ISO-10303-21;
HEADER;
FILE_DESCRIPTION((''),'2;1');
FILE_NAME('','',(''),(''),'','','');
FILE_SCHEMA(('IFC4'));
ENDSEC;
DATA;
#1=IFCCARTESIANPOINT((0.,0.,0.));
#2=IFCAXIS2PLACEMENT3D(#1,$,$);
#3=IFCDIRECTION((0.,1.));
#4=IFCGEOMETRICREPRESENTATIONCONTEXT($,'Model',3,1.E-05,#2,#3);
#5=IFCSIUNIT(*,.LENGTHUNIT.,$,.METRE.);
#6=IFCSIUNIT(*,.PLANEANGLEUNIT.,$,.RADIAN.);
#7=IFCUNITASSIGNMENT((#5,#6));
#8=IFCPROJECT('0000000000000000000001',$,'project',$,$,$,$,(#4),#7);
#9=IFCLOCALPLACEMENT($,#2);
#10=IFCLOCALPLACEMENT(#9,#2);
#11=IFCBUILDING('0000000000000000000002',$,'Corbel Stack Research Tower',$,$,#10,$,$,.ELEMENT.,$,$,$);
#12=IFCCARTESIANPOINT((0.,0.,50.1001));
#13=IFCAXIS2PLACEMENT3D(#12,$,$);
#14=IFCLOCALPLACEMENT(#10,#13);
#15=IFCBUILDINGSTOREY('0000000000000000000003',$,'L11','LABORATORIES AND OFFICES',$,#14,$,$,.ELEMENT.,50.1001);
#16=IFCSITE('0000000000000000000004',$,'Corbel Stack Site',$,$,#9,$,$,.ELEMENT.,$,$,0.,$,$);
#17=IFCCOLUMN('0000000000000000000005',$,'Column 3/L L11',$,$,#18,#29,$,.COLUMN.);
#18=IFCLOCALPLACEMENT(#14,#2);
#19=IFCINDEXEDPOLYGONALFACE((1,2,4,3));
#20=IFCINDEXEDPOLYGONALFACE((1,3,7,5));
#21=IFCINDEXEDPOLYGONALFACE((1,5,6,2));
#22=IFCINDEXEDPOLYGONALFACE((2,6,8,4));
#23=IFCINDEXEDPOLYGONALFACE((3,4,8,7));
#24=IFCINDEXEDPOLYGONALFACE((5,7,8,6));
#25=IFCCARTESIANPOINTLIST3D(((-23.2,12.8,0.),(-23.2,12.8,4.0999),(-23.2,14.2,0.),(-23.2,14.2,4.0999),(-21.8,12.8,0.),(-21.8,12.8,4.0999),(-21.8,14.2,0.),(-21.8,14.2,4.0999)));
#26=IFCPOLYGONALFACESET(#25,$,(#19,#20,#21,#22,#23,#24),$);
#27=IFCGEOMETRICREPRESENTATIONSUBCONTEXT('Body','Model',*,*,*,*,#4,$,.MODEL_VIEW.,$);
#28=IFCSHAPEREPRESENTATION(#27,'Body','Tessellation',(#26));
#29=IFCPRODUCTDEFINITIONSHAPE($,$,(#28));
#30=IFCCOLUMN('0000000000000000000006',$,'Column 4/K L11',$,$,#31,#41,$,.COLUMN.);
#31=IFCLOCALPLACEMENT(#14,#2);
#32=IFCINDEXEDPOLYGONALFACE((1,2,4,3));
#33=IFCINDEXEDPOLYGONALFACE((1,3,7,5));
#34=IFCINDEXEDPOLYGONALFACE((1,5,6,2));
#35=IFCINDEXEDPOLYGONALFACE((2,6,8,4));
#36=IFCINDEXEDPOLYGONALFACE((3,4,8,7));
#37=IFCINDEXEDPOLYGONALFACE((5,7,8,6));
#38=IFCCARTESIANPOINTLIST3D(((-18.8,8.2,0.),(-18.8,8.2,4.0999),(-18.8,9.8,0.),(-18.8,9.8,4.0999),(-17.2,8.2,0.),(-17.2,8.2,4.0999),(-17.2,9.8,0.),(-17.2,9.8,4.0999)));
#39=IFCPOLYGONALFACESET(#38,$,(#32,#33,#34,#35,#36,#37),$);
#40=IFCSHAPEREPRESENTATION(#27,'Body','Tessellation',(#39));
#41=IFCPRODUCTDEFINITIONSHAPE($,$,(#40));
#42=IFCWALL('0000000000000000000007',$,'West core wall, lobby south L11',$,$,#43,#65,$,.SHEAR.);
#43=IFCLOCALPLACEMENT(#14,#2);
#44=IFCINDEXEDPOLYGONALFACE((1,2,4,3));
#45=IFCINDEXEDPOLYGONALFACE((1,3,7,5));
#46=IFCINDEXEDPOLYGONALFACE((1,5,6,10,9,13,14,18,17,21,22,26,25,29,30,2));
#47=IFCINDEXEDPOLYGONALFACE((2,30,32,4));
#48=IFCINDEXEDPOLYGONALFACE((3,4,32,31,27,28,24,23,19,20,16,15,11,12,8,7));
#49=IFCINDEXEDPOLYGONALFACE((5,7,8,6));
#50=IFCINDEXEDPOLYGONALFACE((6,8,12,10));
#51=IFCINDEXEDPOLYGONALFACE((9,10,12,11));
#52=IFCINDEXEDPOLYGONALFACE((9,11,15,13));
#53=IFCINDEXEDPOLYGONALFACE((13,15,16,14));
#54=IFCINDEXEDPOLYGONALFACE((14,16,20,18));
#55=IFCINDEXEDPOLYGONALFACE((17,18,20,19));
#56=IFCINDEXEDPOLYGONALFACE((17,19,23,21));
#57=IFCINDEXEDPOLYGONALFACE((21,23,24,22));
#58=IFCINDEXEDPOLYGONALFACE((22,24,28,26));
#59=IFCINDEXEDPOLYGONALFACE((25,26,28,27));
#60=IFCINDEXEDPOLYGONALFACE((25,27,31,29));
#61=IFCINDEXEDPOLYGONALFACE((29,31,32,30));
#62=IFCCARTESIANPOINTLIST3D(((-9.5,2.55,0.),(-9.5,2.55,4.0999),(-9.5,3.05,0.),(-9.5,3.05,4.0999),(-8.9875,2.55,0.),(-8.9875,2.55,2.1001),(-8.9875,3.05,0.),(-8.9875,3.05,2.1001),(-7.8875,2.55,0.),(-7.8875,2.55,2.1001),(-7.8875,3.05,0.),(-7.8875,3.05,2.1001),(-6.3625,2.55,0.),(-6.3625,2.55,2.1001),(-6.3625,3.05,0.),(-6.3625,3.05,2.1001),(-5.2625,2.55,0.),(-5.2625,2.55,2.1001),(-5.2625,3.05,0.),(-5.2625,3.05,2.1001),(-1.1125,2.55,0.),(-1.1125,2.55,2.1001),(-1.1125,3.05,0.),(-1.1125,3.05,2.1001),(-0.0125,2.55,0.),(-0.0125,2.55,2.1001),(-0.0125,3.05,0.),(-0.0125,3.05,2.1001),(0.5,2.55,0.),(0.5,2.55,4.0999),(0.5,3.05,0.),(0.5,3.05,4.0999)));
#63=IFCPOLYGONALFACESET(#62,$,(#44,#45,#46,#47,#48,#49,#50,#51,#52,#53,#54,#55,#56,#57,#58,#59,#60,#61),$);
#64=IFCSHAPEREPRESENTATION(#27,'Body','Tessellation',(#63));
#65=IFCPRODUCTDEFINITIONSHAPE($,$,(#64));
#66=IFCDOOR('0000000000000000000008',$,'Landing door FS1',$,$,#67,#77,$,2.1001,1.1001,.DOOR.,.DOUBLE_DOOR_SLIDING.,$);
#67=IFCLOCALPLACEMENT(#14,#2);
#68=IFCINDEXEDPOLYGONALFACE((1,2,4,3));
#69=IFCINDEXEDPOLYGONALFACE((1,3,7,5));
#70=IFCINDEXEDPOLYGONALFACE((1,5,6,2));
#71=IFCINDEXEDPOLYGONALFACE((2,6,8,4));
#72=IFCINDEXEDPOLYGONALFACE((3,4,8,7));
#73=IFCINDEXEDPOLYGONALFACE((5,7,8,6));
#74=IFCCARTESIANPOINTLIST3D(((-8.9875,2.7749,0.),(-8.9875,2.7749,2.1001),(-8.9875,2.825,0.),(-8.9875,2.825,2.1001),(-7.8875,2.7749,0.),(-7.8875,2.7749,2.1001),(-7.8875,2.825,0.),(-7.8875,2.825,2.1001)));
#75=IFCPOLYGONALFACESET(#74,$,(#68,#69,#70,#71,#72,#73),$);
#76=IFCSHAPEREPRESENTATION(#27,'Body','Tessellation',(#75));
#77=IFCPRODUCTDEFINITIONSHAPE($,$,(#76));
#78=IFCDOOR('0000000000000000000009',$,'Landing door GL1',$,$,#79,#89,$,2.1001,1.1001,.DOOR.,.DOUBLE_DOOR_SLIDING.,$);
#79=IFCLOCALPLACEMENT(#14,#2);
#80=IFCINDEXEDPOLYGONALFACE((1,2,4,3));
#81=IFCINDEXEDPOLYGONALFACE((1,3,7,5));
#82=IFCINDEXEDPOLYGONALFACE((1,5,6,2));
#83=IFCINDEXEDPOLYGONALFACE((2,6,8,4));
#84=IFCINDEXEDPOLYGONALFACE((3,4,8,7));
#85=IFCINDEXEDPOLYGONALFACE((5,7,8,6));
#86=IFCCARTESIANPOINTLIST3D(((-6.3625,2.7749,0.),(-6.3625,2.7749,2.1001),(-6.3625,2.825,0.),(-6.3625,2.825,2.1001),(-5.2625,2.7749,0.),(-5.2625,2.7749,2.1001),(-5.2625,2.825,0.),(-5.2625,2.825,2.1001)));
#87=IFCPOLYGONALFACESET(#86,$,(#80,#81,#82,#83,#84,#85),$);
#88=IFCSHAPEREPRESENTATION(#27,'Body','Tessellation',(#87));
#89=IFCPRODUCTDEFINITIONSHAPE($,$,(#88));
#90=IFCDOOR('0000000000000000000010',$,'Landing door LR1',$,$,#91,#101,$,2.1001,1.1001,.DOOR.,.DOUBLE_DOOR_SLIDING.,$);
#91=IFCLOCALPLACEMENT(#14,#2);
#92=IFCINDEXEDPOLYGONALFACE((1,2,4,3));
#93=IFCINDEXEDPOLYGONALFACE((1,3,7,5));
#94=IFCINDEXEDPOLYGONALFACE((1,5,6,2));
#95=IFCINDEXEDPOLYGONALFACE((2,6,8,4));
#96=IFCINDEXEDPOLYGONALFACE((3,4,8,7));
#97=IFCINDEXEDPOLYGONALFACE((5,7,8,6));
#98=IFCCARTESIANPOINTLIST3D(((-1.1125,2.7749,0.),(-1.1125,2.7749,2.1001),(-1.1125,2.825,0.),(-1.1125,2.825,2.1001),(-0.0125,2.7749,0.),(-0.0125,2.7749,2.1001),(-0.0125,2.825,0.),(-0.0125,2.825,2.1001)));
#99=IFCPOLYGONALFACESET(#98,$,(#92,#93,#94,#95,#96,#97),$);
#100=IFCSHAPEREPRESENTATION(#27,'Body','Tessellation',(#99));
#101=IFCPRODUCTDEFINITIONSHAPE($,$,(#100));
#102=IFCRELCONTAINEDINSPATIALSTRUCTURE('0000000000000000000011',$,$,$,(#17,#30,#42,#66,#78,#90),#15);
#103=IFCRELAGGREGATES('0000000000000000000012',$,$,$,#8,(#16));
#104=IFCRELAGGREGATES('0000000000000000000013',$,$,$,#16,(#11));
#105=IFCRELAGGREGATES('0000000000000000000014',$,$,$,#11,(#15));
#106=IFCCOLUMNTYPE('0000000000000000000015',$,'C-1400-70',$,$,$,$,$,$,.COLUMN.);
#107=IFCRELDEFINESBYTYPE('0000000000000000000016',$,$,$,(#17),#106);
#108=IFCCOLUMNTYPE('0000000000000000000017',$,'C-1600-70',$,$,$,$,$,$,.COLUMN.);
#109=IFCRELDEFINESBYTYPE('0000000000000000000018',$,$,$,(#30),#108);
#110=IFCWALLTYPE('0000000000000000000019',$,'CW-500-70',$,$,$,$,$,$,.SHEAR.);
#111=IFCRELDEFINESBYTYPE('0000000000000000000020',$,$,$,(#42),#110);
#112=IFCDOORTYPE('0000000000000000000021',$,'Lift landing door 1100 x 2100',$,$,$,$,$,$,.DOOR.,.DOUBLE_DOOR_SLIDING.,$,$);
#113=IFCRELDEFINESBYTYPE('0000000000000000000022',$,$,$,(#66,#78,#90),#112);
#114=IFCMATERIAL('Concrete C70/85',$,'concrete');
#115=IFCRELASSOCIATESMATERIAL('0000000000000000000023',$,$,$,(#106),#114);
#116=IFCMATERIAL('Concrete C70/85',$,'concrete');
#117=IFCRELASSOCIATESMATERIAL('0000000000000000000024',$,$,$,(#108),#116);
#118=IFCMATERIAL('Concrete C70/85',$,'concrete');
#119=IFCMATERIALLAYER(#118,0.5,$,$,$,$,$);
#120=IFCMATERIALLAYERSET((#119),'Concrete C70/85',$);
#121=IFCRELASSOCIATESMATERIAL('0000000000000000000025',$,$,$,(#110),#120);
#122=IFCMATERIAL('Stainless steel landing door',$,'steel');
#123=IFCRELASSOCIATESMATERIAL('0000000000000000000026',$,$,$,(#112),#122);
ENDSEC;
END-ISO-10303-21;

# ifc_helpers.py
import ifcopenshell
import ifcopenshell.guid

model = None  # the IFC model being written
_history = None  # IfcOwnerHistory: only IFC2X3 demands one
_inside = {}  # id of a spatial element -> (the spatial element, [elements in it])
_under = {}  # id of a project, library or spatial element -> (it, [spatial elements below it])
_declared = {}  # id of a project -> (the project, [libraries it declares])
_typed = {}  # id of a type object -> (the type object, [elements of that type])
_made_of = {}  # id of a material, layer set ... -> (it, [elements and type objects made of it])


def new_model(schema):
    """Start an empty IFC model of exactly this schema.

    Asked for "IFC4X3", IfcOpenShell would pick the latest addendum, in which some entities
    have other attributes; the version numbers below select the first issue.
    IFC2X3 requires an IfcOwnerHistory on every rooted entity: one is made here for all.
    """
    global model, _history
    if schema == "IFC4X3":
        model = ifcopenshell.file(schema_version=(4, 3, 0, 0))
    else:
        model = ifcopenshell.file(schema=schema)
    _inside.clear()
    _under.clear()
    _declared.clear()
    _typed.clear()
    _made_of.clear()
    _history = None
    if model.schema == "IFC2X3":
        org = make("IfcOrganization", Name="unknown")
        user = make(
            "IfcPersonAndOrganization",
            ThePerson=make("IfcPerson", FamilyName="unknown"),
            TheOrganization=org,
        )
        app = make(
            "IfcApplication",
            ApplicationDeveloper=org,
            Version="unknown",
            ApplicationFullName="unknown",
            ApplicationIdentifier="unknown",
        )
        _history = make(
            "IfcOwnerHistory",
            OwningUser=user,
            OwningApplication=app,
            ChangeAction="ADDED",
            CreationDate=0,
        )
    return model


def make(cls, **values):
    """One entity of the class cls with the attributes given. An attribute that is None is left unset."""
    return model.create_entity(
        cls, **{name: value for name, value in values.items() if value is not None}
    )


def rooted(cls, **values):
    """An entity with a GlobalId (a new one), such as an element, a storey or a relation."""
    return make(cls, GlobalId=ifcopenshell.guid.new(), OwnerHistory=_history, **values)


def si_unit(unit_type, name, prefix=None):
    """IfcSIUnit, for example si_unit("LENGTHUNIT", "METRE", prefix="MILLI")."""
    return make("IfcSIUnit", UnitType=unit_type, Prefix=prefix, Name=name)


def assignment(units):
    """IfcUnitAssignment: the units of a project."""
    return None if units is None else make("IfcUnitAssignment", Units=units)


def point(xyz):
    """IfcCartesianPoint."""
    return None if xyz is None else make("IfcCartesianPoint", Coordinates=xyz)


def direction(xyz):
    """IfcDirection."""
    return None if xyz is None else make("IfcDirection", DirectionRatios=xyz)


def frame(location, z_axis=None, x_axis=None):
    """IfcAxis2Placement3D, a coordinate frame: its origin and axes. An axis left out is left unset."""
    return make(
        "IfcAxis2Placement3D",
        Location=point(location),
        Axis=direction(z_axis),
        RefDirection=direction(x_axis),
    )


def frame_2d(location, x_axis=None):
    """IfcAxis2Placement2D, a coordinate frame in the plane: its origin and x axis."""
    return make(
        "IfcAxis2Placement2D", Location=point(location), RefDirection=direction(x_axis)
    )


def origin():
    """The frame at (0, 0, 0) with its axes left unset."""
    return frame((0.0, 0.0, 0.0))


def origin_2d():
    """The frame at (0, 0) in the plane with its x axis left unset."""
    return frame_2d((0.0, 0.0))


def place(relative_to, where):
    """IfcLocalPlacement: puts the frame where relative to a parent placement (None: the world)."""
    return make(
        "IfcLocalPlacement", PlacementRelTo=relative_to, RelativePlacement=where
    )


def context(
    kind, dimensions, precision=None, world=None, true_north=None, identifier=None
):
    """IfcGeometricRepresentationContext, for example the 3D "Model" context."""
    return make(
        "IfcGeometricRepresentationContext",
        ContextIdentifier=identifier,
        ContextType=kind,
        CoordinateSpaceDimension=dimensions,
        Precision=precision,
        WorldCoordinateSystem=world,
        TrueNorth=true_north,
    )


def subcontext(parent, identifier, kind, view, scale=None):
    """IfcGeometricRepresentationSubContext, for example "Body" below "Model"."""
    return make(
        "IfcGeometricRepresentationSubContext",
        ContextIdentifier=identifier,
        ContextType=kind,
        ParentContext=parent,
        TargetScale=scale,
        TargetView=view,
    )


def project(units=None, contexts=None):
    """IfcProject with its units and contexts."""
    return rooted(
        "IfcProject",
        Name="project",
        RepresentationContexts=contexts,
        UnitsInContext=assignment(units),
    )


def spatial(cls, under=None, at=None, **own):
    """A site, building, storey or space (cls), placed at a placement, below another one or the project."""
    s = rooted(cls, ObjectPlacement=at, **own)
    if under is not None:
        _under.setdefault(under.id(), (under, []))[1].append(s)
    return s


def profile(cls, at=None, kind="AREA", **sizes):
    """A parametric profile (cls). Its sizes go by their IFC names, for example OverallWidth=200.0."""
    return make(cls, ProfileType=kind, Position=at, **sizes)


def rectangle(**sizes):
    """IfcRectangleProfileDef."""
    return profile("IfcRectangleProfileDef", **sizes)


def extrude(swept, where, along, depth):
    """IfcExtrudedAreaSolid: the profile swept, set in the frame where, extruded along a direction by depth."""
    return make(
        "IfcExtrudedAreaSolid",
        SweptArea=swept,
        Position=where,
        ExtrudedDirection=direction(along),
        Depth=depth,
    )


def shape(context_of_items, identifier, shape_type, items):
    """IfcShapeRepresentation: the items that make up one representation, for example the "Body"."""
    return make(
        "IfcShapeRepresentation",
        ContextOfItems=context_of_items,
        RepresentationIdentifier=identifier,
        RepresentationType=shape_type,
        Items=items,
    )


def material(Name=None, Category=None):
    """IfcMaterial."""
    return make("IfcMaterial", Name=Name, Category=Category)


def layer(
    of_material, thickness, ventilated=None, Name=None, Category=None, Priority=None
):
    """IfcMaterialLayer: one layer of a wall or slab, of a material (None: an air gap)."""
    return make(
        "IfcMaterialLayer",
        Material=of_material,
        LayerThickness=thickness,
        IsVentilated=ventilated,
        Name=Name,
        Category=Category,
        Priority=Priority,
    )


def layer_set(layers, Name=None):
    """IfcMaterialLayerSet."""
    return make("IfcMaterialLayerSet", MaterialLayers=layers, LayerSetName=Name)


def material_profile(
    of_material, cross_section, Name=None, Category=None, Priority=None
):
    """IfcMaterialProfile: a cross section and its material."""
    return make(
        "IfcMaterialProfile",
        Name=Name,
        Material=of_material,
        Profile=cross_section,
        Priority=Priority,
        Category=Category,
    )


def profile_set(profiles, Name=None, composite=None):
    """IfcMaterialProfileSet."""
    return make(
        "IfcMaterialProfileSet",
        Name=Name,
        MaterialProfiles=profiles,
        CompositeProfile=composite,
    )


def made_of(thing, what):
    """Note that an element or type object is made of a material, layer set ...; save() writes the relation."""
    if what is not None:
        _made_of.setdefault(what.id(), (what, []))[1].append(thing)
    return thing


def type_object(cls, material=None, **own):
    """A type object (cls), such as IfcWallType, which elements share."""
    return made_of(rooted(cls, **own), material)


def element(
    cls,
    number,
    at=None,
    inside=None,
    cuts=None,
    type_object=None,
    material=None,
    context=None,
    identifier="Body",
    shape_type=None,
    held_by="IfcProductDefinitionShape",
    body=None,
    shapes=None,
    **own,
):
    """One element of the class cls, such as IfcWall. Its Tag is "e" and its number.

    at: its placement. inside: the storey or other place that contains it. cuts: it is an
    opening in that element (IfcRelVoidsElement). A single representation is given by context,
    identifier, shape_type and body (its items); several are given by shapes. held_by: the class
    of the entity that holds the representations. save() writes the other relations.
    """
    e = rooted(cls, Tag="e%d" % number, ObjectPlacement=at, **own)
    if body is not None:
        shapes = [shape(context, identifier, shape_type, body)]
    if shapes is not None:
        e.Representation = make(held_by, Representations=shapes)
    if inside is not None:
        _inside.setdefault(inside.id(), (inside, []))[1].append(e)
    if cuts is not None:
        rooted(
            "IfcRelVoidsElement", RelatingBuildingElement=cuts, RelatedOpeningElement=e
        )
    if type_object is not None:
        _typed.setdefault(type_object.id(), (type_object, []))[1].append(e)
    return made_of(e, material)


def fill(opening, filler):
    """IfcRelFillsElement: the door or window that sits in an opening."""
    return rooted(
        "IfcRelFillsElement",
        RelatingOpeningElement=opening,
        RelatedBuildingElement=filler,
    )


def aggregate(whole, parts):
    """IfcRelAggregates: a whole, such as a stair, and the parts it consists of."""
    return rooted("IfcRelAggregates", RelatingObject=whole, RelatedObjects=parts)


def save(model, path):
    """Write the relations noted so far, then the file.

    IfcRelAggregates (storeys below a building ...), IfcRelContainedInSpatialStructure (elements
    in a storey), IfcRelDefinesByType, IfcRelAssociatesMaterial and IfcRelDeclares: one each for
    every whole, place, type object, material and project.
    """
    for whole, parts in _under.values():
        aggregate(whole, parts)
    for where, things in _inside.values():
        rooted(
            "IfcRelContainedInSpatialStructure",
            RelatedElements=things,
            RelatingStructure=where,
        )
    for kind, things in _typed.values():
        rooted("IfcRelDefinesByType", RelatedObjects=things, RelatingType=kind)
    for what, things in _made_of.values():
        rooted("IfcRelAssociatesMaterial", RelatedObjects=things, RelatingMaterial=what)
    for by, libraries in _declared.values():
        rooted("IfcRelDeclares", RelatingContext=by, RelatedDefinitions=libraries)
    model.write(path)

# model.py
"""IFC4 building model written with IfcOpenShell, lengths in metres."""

from ifc_helpers import new_model, si_unit, direction, frame, frame_2d, origin, origin_2d, place, context, subcontext, project, spatial, rectangle, extrude, material, layer, layer_set, material_profile, profile_set, type_object, element, fill, save


model = new_model("IFC4")

# Units and contexts
model_context = context("Model", 3, precision=1e-05, world=origin(), true_north=direction((0.0, 1.0)))
body_context = subcontext(model_context, "Body", "Model", "MODEL_VIEW")
ifc_project = project(units=[si_unit("LENGTHUNIT", "METRE"), si_unit("PLANEANGLEUNIT", "RADIAN")], contexts=[model_context])

# Site, building, storey
site_placement = place(None, origin())
site = spatial("IfcSite", under=ifc_project, at=site_placement, Name="Corbel Stack Site", CompositionType="ELEMENT", RefElevation=0.0)
building_placement = place(site_placement, origin())
building = spatial("IfcBuilding", under=site, at=building_placement, Name="Corbel Stack Research Tower", CompositionType="ELEMENT")
storey_placement = place(building_placement, frame((0.0, 0.0, 50.1001)))
storey = spatial("IfcBuildingStorey", under=building, at=storey_placement, Name="L11", Description="LABORATORIES AND OFFICES", CompositionType="ELEMENT", Elevation=50.1001)

# Columns
ifc_material_1 = material(Name="Concrete C70/85", Category="concrete")
ifc_material_profile_1 = material_profile(ifc_material_1, rectangle(XDim=1.3999, YDim=1.3999, at=origin_2d()), Name="RC 1400 x 1400")
ifc_profile_set_1 = profile_set([ifc_material_profile_1], Name="Concrete C70/85")
column_type_1 = type_object("IfcColumnType", Name="C-1400-70", PredefinedType="COLUMN", material=ifc_profile_set_1)
column_1_placement = place(storey_placement, frame((-22.5, 13.5, 0.0), z_axis=(0.0, 0.0, 1.0), x_axis=(1.0, 0.0, 0.0)))
element("IfcColumn", 1, at=column_1_placement, inside=storey, type_object=column_type_1, Name="Column 3/L L11", PredefinedType="COLUMN", context=body_context, shape_type="SweptSolid", body=[
    extrude(rectangle(XDim=1.3999, YDim=1.3999, at=origin_2d()), origin(), (0.0, 0.0, 1.0), 4.0999),
])
ifc_material_2 = material(Name="Concrete C70/85", Category="concrete")
ifc_material_profile_2 = material_profile(ifc_material_2, rectangle(XDim=1.6001, YDim=1.6001, at=origin_2d()), Name="RC 1600 x 1600")
ifc_profile_set_2 = profile_set([ifc_material_profile_2], Name="Concrete C70/85")
column_type_2 = type_object("IfcColumnType", Name="C-1600-70", PredefinedType="COLUMN", material=ifc_profile_set_2)
column_2_placement = place(storey_placement, frame((-18.0, 9.0, 0.0), z_axis=(0.0, 0.0, 1.0), x_axis=(1.0, 0.0, 0.0)))
element("IfcColumn", 2, at=column_2_placement, inside=storey, type_object=column_type_2, Name="Column 4/K L11", PredefinedType="COLUMN", context=body_context, shape_type="SweptSolid", body=[
    extrude(rectangle(XDim=1.6001, YDim=1.6001, at=origin_2d()), origin(), (0.0, 0.0, 1.0), 4.0999),
])

# Wall, openings, doors
ifc_material_3 = material(Name="Concrete C70/85", Category="concrete")
ifc_layer_1 = layer(ifc_material_3, 0.5)
ifc_layer_set_1 = layer_set([ifc_layer_1], Name="Concrete C70/85")
wall_type_1 = type_object("IfcWallType", Name="CW-500-70", PredefinedType="SHEAR", material=ifc_layer_set_1)
wall_1_placement = place(storey_placement, frame((-9.5, 2.8, 0.0), z_axis=(0.0, 0.0, 1.0), x_axis=(1.0, 0.0, 0.0)))
wall_1 = element("IfcWall", 3, at=wall_1_placement, inside=storey, type_object=wall_type_1, Name="West core wall, lobby south L11", PredefinedType="SHEAR", context=body_context, shape_type="SweptSolid", body=[
    extrude(rectangle(XDim=10.0, YDim=0.5, at=frame_2d((5.0, 0.0))), origin(), (0.0, 0.0, 1.0), 4.0999),
])
opening_1_placement = place(wall_1_placement, frame((0.5125, 0.0, 0.0)))
opening_1 = element("IfcOpeningElement", 4, at=opening_1_placement, cuts=wall_1, PredefinedType="OPENING", context=body_context, shape_type="SweptSolid", body=[
    extrude(rectangle(XDim=1.1001, YDim=2.1001, at=frame_2d((0.55, 1.05))), frame((0.0, 0.26, 0.0), z_axis=(0.0, -1.0, 0.0), x_axis=(1.0, 0.0, 0.0)), (0.0, 0.0, 1.0), 0.52),
])
opening_2_placement = place(wall_1_placement, frame((3.1375, 0.0, 0.0)))
opening_2 = element("IfcOpeningElement", 5, at=opening_2_placement, cuts=wall_1, PredefinedType="OPENING", context=body_context, shape_type="SweptSolid", body=[
    extrude(rectangle(XDim=1.1001, YDim=2.1001, at=frame_2d((0.55, 1.05))), frame((0.0, 0.26, 0.0), z_axis=(0.0, -1.0, 0.0), x_axis=(1.0, 0.0, 0.0)), (0.0, 0.0, 1.0), 0.52),
])
opening_3_placement = place(wall_1_placement, frame((8.3875, 0.0, 0.0)))
opening_3 = element("IfcOpeningElement", 6, at=opening_3_placement, cuts=wall_1, PredefinedType="OPENING", context=body_context, shape_type="SweptSolid", body=[
    extrude(rectangle(XDim=1.1001, YDim=2.1001, at=frame_2d((0.55, 1.05))), frame((0.0, 0.26, 0.0), z_axis=(0.0, -1.0, 0.0), x_axis=(1.0, 0.0, 0.0)), (0.0, 0.0, 1.0), 0.52),
])
ifc_material_4 = material(Name="Stainless steel landing door", Category="steel")
door_type_1 = type_object("IfcDoorType", Name="Lift landing door 1100 x 2100", OperationType="DOUBLE_DOOR_SLIDING", PredefinedType="DOOR", material=ifc_material_4)
door_1_placement = place(opening_1_placement, origin())
door_1 = element("IfcDoor", 7, at=door_1_placement, inside=storey, type_object=door_type_1, Name="Landing door FS1", OperationType="DOUBLE_DOOR_SLIDING", OverallHeight=2.1001, OverallWidth=1.1001, PredefinedType="DOOR", context=body_context, shape_type="SweptSolid", body=[
    extrude(rectangle(XDim=1.1001, YDim=2.1001, at=frame_2d((0.55, 1.05))), frame((0.0, 0.0249, 0.0), z_axis=(0.0, -1.0, 0.0), x_axis=(1.0, 0.0, 0.0)), (0.0, 0.0, 1.0), 0.05),
])
fill(opening_1, door_1)
door_2_placement = place(opening_2_placement, origin())
door_2 = element("IfcDoor", 8, at=door_2_placement, inside=storey, type_object=door_type_1, Name="Landing door GL1", OperationType="DOUBLE_DOOR_SLIDING", OverallHeight=2.1001, OverallWidth=1.1001, PredefinedType="DOOR", context=body_context, shape_type="SweptSolid", body=[
    extrude(rectangle(XDim=1.1001, YDim=2.1001, at=frame_2d((0.55, 1.05))), frame((0.0, 0.0249, 0.0), z_axis=(0.0, -1.0, 0.0), x_axis=(1.0, 0.0, 0.0)), (0.0, 0.0, 1.0), 0.05),
])
fill(opening_2, door_2)
door_3_placement = place(opening_3_placement, origin())
door_3 = element("IfcDoor", 9, at=door_3_placement, inside=storey, type_object=door_type_1, Name="Landing door LR1", OperationType="DOUBLE_DOOR_SLIDING", OverallHeight=2.1001, OverallWidth=1.1001, PredefinedType="DOOR", context=body_context, shape_type="SweptSolid", body=[
    extrude(rectangle(XDim=1.1001, YDim=2.1001, at=frame_2d((0.55, 1.05))), frame((0.0, 0.0249, 0.0), z_axis=(0.0, -1.0, 0.0), x_axis=(1.0, 0.0, 0.0)), (0.0, 0.0, 1.0), 0.05),
])
fill(opening_3, door_3)

save(model, "model.ifc")
